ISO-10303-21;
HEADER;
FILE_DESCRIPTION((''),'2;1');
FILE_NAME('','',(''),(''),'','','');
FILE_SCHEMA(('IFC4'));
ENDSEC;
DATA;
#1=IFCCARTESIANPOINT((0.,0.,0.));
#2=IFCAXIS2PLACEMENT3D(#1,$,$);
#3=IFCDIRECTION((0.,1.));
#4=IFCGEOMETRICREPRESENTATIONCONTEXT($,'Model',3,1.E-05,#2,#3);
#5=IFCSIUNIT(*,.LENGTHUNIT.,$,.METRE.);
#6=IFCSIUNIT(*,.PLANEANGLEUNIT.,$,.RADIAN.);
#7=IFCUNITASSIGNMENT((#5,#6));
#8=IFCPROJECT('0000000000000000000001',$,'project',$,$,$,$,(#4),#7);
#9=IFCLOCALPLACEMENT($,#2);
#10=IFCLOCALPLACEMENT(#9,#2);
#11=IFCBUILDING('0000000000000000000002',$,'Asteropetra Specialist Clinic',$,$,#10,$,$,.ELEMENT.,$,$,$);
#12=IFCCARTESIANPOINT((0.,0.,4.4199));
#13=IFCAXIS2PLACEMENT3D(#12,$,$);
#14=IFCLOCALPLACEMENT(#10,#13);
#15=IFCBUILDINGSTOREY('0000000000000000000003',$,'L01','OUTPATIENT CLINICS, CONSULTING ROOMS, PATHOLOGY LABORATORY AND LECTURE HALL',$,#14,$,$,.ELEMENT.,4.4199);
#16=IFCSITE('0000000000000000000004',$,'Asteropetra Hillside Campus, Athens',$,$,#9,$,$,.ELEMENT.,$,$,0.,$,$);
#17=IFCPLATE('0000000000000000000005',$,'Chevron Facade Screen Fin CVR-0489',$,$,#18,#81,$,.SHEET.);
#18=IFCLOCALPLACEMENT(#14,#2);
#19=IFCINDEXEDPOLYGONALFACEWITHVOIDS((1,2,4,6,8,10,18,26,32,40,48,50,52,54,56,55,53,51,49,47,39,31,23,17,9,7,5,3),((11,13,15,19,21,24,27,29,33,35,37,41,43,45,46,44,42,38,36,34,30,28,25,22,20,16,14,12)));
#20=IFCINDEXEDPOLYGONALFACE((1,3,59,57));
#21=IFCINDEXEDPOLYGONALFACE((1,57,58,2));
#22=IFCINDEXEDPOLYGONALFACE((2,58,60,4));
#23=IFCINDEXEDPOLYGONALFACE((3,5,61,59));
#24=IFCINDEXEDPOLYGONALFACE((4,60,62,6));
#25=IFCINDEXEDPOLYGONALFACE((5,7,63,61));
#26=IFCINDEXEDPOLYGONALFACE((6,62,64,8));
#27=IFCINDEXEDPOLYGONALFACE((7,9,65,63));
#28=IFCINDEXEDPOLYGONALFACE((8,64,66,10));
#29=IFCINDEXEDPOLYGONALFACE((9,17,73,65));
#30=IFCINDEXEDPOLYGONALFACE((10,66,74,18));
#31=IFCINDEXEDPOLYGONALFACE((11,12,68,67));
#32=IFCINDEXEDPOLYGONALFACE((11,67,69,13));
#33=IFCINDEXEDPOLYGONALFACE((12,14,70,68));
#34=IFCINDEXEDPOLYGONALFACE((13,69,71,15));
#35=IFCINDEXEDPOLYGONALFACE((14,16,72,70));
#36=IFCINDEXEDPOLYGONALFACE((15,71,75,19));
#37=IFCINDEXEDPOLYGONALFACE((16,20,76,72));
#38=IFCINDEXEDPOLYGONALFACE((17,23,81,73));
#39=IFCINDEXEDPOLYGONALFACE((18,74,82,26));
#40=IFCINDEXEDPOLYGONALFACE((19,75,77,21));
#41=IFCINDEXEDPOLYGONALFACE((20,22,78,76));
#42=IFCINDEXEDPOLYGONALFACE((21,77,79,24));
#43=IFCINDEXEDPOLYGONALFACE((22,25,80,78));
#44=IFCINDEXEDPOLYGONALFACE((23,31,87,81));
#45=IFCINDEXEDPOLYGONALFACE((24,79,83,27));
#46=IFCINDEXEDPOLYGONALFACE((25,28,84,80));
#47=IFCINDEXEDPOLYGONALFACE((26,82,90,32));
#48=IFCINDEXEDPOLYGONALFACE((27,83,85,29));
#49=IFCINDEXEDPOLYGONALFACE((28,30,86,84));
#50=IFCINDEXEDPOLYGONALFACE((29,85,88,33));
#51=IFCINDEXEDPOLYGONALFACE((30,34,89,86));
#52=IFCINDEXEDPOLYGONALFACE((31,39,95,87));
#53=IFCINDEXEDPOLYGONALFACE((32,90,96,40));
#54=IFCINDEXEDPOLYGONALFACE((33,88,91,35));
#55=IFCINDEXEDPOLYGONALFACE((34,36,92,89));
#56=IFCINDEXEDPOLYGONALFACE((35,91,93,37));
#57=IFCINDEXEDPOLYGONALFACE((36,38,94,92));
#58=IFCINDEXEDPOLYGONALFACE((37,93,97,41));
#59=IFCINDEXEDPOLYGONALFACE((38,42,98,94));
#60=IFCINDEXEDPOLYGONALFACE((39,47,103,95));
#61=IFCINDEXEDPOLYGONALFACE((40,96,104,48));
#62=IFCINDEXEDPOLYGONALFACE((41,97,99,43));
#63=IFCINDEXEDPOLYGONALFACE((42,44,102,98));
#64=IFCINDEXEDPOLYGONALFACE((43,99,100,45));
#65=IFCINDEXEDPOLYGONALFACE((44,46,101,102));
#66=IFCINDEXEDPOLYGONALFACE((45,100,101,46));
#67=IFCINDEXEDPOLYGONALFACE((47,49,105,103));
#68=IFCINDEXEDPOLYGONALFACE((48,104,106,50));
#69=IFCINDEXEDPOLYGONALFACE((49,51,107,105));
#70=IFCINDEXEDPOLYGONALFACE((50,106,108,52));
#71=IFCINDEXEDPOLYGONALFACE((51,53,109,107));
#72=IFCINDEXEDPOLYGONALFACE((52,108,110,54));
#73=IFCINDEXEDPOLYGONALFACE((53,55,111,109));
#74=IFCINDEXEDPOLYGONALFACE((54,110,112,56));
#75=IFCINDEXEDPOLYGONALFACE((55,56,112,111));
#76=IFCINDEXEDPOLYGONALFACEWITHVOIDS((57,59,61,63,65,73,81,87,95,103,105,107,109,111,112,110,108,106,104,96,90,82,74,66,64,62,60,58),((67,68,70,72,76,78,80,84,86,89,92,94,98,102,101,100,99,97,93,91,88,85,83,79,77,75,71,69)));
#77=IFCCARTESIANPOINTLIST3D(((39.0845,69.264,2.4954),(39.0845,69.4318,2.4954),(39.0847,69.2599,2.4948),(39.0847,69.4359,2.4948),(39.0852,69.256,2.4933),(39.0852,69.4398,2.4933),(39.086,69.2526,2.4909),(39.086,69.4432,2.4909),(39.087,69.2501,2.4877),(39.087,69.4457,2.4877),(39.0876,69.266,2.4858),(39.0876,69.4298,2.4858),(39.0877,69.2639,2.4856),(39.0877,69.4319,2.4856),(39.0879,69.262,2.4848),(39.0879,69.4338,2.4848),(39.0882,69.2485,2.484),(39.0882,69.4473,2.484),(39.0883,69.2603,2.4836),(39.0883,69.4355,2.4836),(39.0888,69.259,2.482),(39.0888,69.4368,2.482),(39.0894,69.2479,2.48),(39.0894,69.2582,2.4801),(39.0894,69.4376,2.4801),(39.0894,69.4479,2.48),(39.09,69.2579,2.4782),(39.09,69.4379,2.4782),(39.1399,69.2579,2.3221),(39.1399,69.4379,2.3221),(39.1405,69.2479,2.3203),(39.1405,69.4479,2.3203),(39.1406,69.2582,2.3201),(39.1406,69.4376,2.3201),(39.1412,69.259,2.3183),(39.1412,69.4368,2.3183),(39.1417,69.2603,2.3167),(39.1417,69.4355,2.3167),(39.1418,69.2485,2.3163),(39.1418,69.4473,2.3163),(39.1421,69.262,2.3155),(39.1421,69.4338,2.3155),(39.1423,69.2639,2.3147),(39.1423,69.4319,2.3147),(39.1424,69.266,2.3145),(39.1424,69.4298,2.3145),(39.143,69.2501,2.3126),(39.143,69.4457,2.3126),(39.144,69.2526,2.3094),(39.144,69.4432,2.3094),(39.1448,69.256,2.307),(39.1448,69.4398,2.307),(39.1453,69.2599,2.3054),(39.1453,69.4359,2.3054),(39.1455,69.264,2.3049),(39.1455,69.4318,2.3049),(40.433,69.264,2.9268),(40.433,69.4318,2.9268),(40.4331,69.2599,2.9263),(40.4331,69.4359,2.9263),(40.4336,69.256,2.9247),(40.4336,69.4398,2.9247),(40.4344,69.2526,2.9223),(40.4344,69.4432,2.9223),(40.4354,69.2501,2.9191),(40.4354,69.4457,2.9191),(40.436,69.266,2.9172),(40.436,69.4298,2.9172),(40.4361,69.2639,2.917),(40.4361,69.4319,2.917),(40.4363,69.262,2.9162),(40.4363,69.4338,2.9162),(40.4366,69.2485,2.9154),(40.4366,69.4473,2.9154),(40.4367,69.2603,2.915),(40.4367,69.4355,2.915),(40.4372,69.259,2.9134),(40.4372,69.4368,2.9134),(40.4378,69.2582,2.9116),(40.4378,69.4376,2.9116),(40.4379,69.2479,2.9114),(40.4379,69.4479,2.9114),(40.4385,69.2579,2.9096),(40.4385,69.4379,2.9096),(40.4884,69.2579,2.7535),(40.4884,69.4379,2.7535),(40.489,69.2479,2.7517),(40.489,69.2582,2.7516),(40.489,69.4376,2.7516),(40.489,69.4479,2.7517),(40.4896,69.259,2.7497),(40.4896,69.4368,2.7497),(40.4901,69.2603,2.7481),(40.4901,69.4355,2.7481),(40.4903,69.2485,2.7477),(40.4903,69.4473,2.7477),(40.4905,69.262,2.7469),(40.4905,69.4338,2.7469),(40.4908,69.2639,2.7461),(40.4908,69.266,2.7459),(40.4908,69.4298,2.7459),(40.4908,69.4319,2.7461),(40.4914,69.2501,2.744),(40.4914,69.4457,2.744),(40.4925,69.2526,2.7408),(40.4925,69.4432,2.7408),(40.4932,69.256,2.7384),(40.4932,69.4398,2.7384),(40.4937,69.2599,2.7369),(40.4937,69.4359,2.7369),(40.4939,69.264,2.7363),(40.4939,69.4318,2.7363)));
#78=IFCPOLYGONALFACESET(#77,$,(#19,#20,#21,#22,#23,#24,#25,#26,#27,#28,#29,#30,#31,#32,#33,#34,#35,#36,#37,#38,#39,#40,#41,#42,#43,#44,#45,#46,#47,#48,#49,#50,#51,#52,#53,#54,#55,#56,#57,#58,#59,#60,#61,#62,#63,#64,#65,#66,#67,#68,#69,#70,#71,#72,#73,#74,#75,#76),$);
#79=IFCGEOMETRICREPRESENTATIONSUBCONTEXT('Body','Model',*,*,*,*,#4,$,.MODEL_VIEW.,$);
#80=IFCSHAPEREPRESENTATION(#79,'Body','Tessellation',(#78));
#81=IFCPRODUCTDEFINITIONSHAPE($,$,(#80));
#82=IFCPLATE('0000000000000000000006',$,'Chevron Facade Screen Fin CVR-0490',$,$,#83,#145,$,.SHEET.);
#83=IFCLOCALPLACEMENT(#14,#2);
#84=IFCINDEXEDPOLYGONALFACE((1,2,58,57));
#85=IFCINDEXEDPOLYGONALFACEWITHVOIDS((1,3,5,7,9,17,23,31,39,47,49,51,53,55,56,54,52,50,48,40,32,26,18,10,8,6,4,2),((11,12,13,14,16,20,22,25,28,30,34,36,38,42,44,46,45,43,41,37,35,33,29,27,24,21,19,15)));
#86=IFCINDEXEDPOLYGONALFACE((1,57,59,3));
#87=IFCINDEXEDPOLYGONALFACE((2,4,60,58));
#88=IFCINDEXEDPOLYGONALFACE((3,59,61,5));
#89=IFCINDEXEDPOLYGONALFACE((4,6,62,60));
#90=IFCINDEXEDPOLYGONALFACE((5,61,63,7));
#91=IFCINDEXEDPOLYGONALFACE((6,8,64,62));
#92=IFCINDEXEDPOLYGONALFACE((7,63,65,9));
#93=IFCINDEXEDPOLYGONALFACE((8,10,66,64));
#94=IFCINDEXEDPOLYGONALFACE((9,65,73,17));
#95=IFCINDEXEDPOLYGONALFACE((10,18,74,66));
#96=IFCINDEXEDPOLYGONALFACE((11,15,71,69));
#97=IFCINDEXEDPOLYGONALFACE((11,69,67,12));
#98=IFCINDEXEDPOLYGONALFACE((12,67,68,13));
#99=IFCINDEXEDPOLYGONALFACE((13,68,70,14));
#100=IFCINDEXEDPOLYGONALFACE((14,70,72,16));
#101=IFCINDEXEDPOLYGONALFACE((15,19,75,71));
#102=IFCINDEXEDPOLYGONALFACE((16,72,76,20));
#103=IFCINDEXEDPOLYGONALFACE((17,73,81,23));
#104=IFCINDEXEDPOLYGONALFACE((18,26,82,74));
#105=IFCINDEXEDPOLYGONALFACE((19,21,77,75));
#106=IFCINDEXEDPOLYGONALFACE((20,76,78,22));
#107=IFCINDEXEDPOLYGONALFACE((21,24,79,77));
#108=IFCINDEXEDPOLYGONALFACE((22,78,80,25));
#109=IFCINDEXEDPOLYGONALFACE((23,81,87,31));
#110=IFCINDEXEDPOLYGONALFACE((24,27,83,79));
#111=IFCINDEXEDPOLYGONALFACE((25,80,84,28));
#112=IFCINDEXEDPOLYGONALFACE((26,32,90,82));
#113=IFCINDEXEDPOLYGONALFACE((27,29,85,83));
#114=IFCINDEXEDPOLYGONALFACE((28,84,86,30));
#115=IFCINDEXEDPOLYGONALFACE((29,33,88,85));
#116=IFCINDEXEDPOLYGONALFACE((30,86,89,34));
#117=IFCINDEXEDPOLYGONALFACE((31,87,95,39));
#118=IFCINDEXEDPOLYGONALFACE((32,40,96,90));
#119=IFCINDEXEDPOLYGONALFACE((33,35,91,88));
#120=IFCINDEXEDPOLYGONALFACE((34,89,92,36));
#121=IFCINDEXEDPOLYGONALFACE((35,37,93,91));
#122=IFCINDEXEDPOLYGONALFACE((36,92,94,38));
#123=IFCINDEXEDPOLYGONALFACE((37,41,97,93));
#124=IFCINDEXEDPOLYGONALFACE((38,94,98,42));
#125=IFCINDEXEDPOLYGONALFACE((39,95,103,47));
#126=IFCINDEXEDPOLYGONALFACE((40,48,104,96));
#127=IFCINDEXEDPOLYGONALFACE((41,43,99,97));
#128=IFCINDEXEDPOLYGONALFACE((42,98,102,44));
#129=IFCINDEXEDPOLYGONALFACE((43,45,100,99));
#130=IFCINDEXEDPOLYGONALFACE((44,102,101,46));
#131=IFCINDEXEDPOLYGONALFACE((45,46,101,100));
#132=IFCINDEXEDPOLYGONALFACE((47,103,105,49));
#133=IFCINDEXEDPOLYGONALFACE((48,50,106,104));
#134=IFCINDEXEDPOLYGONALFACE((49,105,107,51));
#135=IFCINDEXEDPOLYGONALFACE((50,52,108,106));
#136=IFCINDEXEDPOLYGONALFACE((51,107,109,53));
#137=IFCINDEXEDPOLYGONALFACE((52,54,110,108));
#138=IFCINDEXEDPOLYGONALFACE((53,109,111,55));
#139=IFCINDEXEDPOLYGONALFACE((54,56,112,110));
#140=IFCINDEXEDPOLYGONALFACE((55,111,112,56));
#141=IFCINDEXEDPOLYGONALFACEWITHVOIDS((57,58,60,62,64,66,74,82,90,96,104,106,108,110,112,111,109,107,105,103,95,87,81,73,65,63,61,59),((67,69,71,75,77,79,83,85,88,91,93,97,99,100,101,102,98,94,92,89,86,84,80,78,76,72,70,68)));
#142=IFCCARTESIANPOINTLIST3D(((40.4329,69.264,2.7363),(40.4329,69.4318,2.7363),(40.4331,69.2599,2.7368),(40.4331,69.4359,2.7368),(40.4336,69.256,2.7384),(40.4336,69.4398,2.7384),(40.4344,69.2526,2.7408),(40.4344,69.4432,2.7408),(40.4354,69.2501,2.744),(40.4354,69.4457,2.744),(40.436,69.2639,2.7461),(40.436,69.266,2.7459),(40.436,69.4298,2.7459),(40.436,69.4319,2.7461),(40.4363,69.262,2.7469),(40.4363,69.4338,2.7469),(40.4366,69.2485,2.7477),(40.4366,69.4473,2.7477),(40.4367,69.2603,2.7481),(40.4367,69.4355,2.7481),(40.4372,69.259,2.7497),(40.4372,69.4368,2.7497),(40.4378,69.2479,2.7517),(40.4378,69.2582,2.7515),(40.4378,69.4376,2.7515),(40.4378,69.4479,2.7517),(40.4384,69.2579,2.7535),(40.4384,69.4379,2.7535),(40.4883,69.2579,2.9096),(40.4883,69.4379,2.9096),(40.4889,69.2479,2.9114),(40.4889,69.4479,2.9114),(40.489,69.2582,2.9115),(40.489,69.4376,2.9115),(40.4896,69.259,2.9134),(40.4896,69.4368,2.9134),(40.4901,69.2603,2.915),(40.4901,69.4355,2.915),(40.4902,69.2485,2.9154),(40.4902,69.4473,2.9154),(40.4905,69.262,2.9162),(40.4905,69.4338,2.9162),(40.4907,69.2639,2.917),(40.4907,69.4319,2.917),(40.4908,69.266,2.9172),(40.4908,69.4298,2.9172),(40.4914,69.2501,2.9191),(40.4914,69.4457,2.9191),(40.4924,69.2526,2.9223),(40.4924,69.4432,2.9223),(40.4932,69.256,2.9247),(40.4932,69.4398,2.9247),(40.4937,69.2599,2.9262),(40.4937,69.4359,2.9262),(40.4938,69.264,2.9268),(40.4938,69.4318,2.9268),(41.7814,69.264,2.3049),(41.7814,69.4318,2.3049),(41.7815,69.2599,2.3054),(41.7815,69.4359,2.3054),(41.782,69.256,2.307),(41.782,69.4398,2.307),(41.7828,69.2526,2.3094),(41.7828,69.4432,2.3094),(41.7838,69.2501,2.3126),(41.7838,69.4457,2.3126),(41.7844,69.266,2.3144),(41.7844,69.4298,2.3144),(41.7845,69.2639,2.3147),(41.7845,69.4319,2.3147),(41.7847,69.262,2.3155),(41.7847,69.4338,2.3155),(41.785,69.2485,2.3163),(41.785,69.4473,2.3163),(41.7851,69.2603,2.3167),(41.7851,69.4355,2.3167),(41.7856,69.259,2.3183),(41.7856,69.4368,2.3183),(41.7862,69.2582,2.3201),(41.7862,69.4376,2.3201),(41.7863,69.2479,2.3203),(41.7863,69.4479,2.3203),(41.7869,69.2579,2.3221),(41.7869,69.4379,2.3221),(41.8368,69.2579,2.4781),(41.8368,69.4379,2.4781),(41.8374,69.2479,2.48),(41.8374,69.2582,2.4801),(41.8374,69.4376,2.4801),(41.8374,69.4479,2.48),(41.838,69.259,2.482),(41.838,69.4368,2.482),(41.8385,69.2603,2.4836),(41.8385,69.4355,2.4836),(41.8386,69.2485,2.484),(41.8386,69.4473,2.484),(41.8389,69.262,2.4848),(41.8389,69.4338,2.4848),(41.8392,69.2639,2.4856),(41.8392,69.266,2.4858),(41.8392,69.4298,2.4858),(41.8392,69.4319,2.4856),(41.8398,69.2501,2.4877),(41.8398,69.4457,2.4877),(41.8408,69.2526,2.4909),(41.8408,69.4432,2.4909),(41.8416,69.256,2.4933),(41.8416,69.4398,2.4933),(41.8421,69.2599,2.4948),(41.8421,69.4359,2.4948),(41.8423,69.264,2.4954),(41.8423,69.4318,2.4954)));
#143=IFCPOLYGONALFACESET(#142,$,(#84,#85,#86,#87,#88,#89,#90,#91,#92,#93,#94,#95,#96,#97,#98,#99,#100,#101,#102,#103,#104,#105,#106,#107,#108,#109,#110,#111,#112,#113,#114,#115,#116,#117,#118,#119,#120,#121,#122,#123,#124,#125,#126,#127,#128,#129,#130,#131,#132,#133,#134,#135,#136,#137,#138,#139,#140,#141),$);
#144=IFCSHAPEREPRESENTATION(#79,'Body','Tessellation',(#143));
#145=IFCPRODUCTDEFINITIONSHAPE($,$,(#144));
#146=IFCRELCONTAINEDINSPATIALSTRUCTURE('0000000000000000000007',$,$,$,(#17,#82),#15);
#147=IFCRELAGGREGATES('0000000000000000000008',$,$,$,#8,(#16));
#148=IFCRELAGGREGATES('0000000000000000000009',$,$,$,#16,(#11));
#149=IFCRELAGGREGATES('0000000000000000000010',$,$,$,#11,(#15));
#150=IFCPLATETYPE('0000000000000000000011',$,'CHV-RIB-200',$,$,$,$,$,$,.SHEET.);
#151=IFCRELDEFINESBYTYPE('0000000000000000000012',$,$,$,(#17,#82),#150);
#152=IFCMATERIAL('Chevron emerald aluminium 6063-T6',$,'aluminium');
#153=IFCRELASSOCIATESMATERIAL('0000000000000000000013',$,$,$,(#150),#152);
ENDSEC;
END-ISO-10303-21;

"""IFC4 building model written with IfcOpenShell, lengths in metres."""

from ifc_helpers import new_model, si_unit, direction, frame, origin, origin_2d, place, context, subcontext, project, spatial, hollow_rectangle, extrude, material, material_profile, profile_set, type_object, element, save


model = new_model("IFC4")

# Units and contexts
model_context = context("Model", 3, precision=1e-05, world=origin(), true_north=direction((0.0, 1.0)))
body_context = subcontext(model_context, "Body", "Model", "MODEL_VIEW")
ifc_project = project(units=[si_unit("LENGTHUNIT", "METRE"), si_unit("PLANEANGLEUNIT", "RADIAN")], contexts=[model_context])

# Site, building, storey
site_placement = place(None, origin())
site = spatial("IfcSite", under=ifc_project, at=site_placement, Name="Asteropetra Hillside Campus, Athens", CompositionType="ELEMENT", RefElevation=0.0)
building_placement = place(site_placement, origin())
building = spatial("IfcBuilding", under=site, at=building_placement, Name="Asteropetra Specialist Clinic", CompositionType="ELEMENT")
storey_placement = place(building_placement, frame((0.0, 0.0, 4.4199)))
storey = spatial("IfcBuildingStorey", under=building, at=storey_placement, Name="L01", Description="OUTPATIENT CLINICS, CONSULTING ROOMS, PATHOLOGY LABORATORY AND LECTURE HALL", CompositionType="ELEMENT", Elevation=4.4199)

# Plates
ifc_material_1 = material(Name="Chevron emerald aluminium 6063-T6", Category="aluminium")
ifc_material_profile = material_profile(ifc_material_1, hollow_rectangle(XDim=0.2, YDim=0.2, WallThickness=0.01, InnerFilletRadius=0.0081, OuterFilletRadius=0.0161, at=origin_2d()), Name="SHS 200x200x10.0")
ifc_profile_set = profile_set([ifc_material_profile], Name="Chevron emerald aluminium 6063-T6")
plate_type_1 = type_object("IfcPlateType", Name="CHV-RIB-200", PredefinedType="SHEET", material=ifc_profile_set)
for number, where, z_axis, x_axis, name in (
    (1, (39.115, 69.3479, 2.4001), (0.952442, 0.0, 0.304719), (0.0, 1.0, 0.0), "Chevron Facade Screen Fin CVR-0489"),
    (2, (40.4634, 69.3479, 2.8315), (0.952442, 0.0, -0.304719), (0.0, 1.0, 0.0), "Chevron Facade Screen Fin CVR-0490"),
):
    element("IfcPlate", number, at=place(storey_placement, frame(where, z_axis=z_axis, x_axis=x_axis)), inside=storey, type_object=plate_type_1, Name=name, PredefinedType="SHEET", context=body_context, shape_type="SweptSolid", body=[
        extrude(hollow_rectangle(XDim=0.2, YDim=0.2, WallThickness=0.01, InnerFilletRadius=0.0081, OuterFilletRadius=0.0161, at=origin_2d()), origin(), (0.0, 0.0, 1.0), 1.4158),
    ])

save(model, "model.ifc")
